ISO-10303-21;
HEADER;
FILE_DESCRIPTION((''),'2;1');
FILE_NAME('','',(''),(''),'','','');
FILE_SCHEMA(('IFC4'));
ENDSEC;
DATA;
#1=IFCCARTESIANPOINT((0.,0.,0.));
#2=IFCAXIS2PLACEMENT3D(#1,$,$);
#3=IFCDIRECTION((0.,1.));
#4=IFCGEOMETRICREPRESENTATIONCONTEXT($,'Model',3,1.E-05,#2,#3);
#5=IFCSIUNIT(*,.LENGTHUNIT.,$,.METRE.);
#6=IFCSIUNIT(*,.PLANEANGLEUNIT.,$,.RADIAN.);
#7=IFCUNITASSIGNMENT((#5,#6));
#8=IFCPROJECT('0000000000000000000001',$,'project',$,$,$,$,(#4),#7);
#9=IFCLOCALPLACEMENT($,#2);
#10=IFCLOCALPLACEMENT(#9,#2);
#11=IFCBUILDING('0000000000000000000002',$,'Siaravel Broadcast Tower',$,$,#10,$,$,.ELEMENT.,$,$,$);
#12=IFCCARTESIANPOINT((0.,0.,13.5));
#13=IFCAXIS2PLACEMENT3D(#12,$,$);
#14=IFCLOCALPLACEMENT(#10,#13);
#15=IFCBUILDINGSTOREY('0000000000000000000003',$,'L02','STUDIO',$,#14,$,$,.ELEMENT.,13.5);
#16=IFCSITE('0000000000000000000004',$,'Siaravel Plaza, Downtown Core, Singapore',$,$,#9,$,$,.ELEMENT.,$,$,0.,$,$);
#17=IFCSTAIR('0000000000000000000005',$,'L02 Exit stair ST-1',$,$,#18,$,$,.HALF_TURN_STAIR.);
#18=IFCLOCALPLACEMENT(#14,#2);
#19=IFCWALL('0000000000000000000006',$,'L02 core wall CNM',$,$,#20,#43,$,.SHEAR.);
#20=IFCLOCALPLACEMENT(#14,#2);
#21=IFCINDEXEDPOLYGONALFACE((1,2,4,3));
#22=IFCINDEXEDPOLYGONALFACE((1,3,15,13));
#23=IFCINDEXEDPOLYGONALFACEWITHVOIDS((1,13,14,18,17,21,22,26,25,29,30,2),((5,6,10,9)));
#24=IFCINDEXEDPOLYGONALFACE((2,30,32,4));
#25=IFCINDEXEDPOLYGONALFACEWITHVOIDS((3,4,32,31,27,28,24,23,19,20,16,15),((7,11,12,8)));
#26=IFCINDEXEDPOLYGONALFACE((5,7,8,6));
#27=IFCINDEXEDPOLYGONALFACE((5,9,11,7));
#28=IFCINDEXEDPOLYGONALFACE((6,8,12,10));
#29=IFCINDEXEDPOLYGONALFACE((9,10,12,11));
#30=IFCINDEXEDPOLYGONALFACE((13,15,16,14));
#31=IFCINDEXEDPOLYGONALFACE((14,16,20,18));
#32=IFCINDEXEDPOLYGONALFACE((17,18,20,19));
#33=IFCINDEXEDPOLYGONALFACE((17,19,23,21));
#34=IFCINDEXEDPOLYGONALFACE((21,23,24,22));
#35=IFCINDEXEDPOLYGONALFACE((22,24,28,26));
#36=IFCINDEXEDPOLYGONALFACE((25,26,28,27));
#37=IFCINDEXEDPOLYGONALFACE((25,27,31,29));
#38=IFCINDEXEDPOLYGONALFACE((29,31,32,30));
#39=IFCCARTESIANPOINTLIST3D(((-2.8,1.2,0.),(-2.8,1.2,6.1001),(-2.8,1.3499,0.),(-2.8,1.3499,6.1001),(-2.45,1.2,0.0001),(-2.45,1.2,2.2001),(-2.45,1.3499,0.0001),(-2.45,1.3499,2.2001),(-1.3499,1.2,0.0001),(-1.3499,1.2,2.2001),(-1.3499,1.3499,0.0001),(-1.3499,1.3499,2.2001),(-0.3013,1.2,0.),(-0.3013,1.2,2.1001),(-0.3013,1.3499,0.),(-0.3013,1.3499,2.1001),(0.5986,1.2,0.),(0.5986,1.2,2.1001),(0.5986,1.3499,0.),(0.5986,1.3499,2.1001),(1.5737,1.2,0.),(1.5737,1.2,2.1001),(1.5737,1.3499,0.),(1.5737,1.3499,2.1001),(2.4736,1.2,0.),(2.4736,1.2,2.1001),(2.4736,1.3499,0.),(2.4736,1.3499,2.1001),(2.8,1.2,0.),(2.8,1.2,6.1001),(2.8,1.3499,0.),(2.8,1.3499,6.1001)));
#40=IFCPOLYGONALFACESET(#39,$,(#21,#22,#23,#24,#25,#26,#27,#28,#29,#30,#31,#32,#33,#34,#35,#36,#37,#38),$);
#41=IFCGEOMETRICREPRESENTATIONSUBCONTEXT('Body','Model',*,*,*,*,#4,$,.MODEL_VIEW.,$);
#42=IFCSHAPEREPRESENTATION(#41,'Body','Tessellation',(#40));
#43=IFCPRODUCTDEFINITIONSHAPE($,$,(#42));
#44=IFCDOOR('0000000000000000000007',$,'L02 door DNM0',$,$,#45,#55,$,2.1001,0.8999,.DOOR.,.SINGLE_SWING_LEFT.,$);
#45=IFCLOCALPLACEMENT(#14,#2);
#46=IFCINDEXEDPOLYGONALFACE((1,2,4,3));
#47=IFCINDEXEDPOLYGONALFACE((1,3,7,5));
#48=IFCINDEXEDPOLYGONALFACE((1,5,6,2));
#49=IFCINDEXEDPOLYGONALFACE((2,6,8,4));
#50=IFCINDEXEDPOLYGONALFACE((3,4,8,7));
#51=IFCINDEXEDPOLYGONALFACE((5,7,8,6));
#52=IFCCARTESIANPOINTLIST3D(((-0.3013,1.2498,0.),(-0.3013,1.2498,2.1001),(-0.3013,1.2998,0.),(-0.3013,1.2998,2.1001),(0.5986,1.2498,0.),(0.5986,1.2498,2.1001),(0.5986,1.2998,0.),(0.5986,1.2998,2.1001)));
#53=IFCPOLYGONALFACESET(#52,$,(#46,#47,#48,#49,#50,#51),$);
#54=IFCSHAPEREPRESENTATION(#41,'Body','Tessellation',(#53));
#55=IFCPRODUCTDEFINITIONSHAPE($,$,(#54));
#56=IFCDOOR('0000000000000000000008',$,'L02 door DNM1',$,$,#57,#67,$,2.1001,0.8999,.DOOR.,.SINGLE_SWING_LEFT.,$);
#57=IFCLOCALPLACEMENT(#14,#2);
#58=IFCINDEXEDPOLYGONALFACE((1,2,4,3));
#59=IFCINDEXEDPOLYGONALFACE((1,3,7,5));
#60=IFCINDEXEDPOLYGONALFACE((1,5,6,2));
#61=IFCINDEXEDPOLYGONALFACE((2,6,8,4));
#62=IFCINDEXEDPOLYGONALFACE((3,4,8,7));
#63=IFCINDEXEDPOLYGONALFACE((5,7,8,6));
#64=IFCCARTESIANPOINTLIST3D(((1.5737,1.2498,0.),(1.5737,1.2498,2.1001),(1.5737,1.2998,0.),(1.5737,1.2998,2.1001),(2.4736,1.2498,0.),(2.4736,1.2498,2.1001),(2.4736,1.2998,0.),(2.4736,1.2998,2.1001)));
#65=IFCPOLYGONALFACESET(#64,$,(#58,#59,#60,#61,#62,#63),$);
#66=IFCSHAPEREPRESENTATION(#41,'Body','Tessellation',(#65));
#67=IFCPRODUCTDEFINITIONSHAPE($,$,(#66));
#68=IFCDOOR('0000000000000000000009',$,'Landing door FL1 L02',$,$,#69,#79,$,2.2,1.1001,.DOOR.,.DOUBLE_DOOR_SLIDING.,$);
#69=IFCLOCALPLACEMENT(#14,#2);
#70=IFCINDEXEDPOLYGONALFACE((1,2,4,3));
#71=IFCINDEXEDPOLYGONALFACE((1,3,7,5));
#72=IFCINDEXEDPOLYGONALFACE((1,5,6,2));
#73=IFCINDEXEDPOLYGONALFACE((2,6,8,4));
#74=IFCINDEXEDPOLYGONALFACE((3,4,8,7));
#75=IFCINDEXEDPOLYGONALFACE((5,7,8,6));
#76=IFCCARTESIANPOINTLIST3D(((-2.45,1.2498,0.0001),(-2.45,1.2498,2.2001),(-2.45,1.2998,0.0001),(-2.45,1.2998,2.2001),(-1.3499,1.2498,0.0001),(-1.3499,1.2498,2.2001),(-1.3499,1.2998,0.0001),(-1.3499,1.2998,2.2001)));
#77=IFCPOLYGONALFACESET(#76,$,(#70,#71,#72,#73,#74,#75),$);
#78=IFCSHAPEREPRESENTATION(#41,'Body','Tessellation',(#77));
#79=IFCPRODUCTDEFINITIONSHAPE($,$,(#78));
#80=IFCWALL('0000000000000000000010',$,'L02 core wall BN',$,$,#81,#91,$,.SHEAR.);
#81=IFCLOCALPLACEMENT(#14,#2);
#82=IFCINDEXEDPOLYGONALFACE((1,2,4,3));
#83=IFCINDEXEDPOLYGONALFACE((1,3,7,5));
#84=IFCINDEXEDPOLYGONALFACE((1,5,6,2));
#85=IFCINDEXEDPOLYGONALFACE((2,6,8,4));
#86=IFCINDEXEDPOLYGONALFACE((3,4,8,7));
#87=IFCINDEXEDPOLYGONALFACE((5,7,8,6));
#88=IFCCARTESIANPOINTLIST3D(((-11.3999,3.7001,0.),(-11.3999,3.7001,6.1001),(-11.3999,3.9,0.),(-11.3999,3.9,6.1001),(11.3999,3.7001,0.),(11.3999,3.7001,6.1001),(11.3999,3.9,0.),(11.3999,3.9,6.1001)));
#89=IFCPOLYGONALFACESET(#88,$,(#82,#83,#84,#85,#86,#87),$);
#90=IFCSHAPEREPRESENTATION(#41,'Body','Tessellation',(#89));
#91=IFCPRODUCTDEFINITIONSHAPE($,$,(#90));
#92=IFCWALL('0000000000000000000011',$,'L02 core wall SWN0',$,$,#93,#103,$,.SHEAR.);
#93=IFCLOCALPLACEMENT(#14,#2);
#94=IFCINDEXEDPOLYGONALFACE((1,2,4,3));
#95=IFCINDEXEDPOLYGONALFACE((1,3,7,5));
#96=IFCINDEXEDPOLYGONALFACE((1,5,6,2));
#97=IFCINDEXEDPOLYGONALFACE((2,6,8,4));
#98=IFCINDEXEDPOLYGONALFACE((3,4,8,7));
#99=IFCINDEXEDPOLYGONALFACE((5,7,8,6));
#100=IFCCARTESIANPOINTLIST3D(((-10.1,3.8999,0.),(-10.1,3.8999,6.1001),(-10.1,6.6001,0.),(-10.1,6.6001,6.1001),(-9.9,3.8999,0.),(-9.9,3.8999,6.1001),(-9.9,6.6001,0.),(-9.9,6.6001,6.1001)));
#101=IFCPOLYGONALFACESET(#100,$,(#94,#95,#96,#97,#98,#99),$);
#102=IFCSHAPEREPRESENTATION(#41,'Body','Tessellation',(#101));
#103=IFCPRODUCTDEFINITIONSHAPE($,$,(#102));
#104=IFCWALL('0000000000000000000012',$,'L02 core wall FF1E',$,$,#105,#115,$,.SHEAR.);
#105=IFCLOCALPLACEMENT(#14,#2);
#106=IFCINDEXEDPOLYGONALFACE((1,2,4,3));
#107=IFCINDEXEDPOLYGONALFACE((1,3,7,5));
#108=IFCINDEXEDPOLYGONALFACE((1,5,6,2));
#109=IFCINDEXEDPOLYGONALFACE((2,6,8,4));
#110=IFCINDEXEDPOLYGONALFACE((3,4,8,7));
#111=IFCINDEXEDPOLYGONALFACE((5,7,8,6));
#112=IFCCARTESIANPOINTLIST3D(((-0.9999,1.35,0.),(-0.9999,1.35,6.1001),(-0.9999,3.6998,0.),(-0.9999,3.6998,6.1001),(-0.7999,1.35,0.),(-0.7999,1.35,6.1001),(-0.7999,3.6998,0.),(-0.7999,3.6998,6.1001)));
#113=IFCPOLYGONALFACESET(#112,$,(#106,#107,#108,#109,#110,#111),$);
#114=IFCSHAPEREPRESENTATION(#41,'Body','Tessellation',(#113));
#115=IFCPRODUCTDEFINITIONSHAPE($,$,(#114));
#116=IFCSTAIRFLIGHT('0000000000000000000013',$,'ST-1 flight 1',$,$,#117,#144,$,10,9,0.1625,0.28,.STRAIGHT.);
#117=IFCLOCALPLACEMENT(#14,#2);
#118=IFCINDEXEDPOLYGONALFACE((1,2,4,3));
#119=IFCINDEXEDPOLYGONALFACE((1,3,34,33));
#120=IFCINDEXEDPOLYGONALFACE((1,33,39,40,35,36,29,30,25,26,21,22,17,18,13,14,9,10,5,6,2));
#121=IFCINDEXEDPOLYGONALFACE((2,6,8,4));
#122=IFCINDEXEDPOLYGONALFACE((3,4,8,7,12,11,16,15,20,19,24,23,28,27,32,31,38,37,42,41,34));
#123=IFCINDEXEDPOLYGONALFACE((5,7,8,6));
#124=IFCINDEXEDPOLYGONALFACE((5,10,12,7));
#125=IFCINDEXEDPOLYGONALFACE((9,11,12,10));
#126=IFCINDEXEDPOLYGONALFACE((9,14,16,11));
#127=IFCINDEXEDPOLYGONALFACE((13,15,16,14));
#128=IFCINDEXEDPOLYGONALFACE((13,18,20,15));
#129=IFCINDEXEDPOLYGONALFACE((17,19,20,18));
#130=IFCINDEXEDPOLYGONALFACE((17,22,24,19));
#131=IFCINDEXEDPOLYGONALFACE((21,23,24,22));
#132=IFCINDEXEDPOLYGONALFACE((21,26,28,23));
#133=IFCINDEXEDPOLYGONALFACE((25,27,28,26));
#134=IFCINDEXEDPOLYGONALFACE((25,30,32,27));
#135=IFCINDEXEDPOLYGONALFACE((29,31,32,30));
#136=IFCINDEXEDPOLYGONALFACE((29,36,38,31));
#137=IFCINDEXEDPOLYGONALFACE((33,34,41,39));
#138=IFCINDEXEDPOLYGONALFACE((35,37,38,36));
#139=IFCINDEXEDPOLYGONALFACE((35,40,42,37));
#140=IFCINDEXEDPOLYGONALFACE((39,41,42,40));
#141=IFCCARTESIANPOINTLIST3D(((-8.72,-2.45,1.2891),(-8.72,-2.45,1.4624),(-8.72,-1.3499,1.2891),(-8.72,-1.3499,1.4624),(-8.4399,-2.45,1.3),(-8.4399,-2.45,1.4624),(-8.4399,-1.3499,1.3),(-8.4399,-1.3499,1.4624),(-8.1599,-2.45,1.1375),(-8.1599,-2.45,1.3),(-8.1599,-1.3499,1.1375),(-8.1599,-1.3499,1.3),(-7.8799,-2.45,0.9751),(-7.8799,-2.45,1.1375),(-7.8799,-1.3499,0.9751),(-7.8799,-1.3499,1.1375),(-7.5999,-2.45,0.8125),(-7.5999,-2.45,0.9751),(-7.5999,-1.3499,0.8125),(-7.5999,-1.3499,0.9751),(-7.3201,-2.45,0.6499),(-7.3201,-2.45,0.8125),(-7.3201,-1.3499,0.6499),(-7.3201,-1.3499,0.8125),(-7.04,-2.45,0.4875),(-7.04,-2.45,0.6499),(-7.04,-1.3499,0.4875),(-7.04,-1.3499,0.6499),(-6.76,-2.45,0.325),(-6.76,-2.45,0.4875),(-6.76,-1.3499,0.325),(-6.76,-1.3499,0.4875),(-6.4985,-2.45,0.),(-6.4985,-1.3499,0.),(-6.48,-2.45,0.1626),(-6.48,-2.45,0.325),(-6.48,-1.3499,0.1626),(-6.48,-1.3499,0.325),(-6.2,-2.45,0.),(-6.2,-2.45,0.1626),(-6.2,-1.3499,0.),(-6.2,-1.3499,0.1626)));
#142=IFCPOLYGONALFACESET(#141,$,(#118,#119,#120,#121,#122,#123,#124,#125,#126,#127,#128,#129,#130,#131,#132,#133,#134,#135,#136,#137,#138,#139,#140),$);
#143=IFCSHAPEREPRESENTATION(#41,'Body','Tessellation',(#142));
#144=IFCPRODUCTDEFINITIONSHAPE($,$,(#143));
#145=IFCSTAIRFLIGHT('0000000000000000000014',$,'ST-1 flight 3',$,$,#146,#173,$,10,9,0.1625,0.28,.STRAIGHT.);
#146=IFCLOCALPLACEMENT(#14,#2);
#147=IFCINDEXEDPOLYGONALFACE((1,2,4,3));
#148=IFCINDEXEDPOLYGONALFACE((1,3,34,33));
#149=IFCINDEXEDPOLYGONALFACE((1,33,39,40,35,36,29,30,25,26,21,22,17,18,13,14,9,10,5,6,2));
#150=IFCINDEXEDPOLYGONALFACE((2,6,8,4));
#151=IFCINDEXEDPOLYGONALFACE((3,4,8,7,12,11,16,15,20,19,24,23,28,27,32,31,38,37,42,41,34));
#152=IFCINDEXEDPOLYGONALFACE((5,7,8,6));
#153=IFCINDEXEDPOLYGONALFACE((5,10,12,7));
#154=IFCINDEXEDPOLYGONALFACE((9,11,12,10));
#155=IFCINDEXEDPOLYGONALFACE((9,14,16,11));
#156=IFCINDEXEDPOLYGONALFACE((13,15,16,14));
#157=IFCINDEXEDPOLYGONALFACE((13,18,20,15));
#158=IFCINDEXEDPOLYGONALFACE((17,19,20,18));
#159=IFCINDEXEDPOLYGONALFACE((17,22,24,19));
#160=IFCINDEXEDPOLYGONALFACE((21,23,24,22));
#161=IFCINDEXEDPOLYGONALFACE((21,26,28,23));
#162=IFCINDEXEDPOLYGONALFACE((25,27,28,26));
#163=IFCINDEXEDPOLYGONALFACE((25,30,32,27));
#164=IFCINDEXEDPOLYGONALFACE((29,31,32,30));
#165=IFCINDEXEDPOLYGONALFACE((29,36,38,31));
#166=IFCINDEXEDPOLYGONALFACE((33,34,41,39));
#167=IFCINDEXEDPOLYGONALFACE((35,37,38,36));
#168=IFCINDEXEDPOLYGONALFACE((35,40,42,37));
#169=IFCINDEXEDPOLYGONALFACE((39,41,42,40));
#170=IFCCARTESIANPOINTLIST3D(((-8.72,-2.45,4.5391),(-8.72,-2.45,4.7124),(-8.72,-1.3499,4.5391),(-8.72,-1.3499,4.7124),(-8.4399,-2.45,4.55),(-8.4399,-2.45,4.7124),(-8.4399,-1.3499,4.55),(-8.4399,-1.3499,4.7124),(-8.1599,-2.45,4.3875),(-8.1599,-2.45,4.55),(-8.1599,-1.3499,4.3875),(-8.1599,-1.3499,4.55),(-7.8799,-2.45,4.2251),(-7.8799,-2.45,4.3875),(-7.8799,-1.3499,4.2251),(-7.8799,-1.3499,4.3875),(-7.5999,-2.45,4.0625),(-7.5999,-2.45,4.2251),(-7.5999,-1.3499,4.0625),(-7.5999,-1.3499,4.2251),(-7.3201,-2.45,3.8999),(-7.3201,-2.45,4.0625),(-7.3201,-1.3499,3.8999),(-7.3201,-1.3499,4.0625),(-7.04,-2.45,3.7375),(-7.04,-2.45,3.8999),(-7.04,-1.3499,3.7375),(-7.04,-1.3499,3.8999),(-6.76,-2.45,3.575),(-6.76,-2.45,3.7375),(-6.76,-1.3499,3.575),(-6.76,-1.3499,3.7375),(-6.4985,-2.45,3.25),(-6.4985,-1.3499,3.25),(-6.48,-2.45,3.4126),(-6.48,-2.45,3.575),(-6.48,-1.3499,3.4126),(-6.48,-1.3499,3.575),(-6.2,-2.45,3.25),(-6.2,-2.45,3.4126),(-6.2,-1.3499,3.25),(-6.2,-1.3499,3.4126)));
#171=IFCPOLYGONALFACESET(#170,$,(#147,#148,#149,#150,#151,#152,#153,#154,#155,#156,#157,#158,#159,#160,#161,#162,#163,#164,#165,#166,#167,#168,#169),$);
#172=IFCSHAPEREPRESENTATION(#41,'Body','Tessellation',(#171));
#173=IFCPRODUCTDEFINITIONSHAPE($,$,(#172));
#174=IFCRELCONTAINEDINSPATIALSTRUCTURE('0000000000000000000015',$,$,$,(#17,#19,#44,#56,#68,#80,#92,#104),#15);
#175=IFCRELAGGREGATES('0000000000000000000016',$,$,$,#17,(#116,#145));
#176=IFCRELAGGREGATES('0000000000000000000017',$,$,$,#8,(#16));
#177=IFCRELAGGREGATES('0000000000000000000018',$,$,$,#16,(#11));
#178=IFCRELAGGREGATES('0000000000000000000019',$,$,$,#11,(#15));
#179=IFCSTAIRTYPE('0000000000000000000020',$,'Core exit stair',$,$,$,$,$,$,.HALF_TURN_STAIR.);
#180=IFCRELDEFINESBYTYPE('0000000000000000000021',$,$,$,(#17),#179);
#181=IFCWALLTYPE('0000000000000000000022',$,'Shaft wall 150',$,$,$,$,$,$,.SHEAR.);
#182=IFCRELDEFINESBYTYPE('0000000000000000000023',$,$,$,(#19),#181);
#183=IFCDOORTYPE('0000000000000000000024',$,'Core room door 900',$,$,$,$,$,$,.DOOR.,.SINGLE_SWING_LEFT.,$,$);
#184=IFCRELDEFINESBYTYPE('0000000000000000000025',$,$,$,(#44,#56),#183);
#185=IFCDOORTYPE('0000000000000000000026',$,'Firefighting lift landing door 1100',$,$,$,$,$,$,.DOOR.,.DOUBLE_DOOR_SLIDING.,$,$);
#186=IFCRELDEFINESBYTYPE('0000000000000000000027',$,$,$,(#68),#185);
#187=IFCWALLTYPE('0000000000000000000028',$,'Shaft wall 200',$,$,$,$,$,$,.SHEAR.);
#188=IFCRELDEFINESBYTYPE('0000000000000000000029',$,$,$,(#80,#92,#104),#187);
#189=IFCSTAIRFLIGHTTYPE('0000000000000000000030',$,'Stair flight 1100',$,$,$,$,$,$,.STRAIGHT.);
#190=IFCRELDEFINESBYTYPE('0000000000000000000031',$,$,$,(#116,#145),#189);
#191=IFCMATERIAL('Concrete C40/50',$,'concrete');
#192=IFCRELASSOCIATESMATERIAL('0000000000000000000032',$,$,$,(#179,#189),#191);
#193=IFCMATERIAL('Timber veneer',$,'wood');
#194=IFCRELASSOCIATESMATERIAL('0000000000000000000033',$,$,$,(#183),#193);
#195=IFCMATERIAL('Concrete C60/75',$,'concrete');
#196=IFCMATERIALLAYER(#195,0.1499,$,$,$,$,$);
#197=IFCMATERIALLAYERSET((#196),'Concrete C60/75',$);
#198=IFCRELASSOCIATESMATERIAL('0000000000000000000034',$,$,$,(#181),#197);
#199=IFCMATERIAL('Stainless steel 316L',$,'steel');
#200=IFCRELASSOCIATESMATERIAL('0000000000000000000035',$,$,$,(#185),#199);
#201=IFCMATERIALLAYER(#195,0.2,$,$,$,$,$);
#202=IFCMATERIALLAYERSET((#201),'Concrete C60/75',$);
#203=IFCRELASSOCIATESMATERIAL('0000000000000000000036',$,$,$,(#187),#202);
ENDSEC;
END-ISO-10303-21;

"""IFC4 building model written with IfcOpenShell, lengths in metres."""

from ifc_helpers import new_model, si_unit, direction, frame, frame_2d, origin, place, context, subcontext, project, spatial, polyline, rectangle, outline, extrude, material, layer, layer_set, type_object, element, fill, aggregate, save


model = new_model("IFC4")

# Units and contexts
model_context = context("Model", 3, precision=1e-05, world=origin(), true_north=direction((0.0, 1.0)))
body_context = subcontext(model_context, "Body", "Model", "MODEL_VIEW")
ifc_project = project(units=[si_unit("LENGTHUNIT", "METRE"), si_unit("PLANEANGLEUNIT", "RADIAN")], contexts=[model_context])

# Site, building, storey
site_placement = place(None, origin())
site = spatial("IfcSite", under=ifc_project, at=site_placement, Name="Siaravel Plaza, Downtown Core, Singapore", CompositionType="ELEMENT", RefElevation=0.0)
building_placement = place(site_placement, origin())
building = spatial("IfcBuilding", under=site, at=building_placement, Name="Siaravel Broadcast Tower", CompositionType="ELEMENT")
storey_placement = place(building_placement, frame((0.0, 0.0, 13.5)))
storey = spatial("IfcBuildingStorey", under=building, at=storey_placement, Name="L02", Description="STUDIO", CompositionType="ELEMENT", Elevation=13.5)

# Shared definitions
ifc_material_1 = material(Name="Concrete C40/50", Category="concrete")

# Stair
stair_type = type_object("IfcStairType", Name="Core exit stair", PredefinedType="HALF_TURN_STAIR", material=ifc_material_1)
stair_placement = place(storey_placement, origin())
stair = element("IfcStair", 1, at=stair_placement, inside=storey, type_object=stair_type, Name="L02 Exit stair ST-1", PredefinedType="HALF_TURN_STAIR")

# Wall, openings, doors
ifc_material_2 = material(Name="Timber veneer", Category="wood")
door_type_1 = type_object("IfcDoorType", Name="Core room door 900", OperationType="SINGLE_SWING_LEFT", PredefinedType="DOOR", material=ifc_material_2)
ifc_material_3 = material(Name="Concrete C60/75", Category="concrete")
ifc_layer_1 = layer(ifc_material_3, 0.1499)
ifc_layer_set_1 = layer_set([ifc_layer_1], Name="Concrete C60/75")
wall_type_1 = type_object("IfcWallType", Name="Shaft wall 150", PredefinedType="SHEAR", material=ifc_layer_set_1)
ifc_material_4 = material(Name="Stainless steel 316L", Category="steel")
door_type_2 = type_object("IfcDoorType", Name="Firefighting lift landing door 1100", OperationType="DOUBLE_DOOR_SLIDING", PredefinedType="DOOR", material=ifc_material_4)
wall_1_placement = place(storey_placement, frame((-2.8, 1.2749, 0.0), z_axis=(0.0, 0.0, 1.0), x_axis=(1.0, 0.0, 0.0)))
wall_1 = element("IfcWall", 2, at=wall_1_placement, inside=storey, type_object=wall_type_1, Name="L02 core wall CNM", PredefinedType="SHEAR", context=body_context, shape_type="SweptSolid", body=[
    extrude(rectangle(XDim=5.6001, YDim=0.1499, at=frame_2d((2.8, 0.0))), origin(), (0.0, 0.0, 1.0), 6.1001),
])
opening_1_placement = place(wall_1_placement, frame((0.3501, 0.0, 0.0)))
opening_1 = element("IfcOpeningElement", 3, at=opening_1_placement, cuts=wall_1, PredefinedType="OPENING", context=body_context, shape_type="SweptSolid", body=[
    extrude(rectangle(XDim=1.1001, YDim=2.2, at=frame_2d((0.55, 1.1001))), frame((0.0, 0.085, 0.0), z_axis=(0.0, -1.0, 0.0), x_axis=(1.0, 0.0, 0.0)), (0.0, 0.0, 1.0), 0.1699),
])
opening_2_placement = place(wall_1_placement, frame((2.4988, 0.0, 0.0)))
opening_2 = element("IfcOpeningElement", 4, at=opening_2_placement, cuts=wall_1, PredefinedType="OPENING", context=body_context, shape_type="SweptSolid", body=[
    extrude(rectangle(XDim=0.8999, YDim=2.1001, at=frame_2d((0.45, 1.05))), frame((0.0, 0.085, 0.0), z_axis=(0.0, -1.0, 0.0), x_axis=(1.0, 0.0, 0.0)), (0.0, 0.0, 1.0), 0.1699),
])
opening_3_placement = place(wall_1_placement, frame((4.3738, 0.0, 0.0)))
opening_3 = element("IfcOpeningElement", 5, at=opening_3_placement, cuts=wall_1, PredefinedType="OPENING", context=body_context, shape_type="SweptSolid", body=[
    extrude(rectangle(XDim=0.8999, YDim=2.1001, at=frame_2d((0.45, 1.05))), frame((0.0, 0.085, 0.0), z_axis=(0.0, -1.0, 0.0), x_axis=(1.0, 0.0, 0.0)), (0.0, 0.0, 1.0), 0.1699),
])
door_1_placement = place(opening_2_placement, origin())
door_1 = element("IfcDoor", 6, at=door_1_placement, inside=storey, type_object=door_type_1, Name="L02 door DNM0", OperationType="SINGLE_SWING_LEFT", OverallHeight=2.1001, OverallWidth=0.8999, PredefinedType="DOOR", context=body_context, shape_type="SweptSolid", body=[
    extrude(rectangle(XDim=0.8999, YDim=2.1001, at=frame_2d((0.45, 1.05))), frame((0.0, 0.0249, 0.0), z_axis=(0.0, -1.0, 0.0), x_axis=(1.0, 0.0, 0.0)), (0.0, 0.0, 1.0), 0.05),
])
fill(opening_2, door_1)
door_2_placement = place(opening_3_placement, origin())
door_2 = element("IfcDoor", 7, at=door_2_placement, inside=storey, type_object=door_type_1, Name="L02 door DNM1", OperationType="SINGLE_SWING_LEFT", OverallHeight=2.1001, OverallWidth=0.8999, PredefinedType="DOOR", context=body_context, shape_type="SweptSolid", body=[
    extrude(rectangle(XDim=0.8999, YDim=2.1001, at=frame_2d((0.45, 1.05))), frame((0.0, 0.0249, 0.0), z_axis=(0.0, -1.0, 0.0), x_axis=(1.0, 0.0, 0.0)), (0.0, 0.0, 1.0), 0.05),
])
fill(opening_3, door_2)
door_3_placement = place(opening_1_placement, origin())
door_3 = element("IfcDoor", 8, at=door_3_placement, inside=storey, type_object=door_type_2, Name="Landing door FL1 L02", OperationType="DOUBLE_DOOR_SLIDING", OverallHeight=2.2, OverallWidth=1.1001, PredefinedType="DOOR", context=body_context, shape_type="SweptSolid", body=[
    extrude(rectangle(XDim=1.1001, YDim=2.2, at=frame_2d((0.55, 1.1001))), frame((0.0, 0.0249, 0.0), z_axis=(0.0, -1.0, 0.0), x_axis=(1.0, 0.0, 0.0)), (0.0, 0.0, 1.0), 0.05),
])
fill(opening_1, door_3)

# Walls
ifc_layer_2 = layer(ifc_material_3, 0.2)
ifc_layer_set_2 = layer_set([ifc_layer_2], Name="Concrete C60/75")
wall_type_2 = type_object("IfcWallType", Name="Shaft wall 200", PredefinedType="SHEAR", material=ifc_layer_set_2)
wall_2_placement = place(storey_placement, frame((-11.3999, 3.8, 0.0), z_axis=(0.0, 0.0, 1.0), x_axis=(1.0, 0.0, 0.0)))
element("IfcWall", 9, at=wall_2_placement, inside=storey, type_object=wall_type_2, Name="L02 core wall BN", PredefinedType="SHEAR", context=body_context, shape_type="SweptSolid", body=[
    extrude(rectangle(XDim=22.7998, YDim=0.2, at=frame_2d((11.3999, 0.0))), origin(), (0.0, 0.0, 1.0), 6.1001),
])
wall_3_placement = place(storey_placement, frame((-10.0, 3.8999, 0.0), z_axis=(0.0, 0.0, 1.0), x_axis=(0.0, 1.0, 0.0)))
element("IfcWall", 10, at=wall_3_placement, inside=storey, type_object=wall_type_2, Name="L02 core wall SWN0", PredefinedType="SHEAR", context=body_context, shape_type="SweptSolid", body=[
    extrude(rectangle(XDim=2.7002, YDim=0.2, at=frame_2d((1.3501, 0.0))), origin(), (0.0, 0.0, 1.0), 6.1001),
])
wall_4_placement = place(storey_placement, frame((-0.8999, 1.3501, 0.0), z_axis=(0.0, 0.0, 1.0), x_axis=(0.0, 1.0, 0.0)))
element("IfcWall", 11, at=wall_4_placement, inside=storey, type_object=wall_type_2, Name="L02 core wall FF1E", PredefinedType="SHEAR", context=body_context, shape_type="SweptSolid", body=[
    extrude(rectangle(XDim=2.3499, YDim=0.2, at=frame_2d((1.1748, 0.0))), origin(), (0.0, 0.0, 1.0), 6.1001),
])

# Stair flights
stair_flight_type = type_object("IfcStairFlightType", Name="Stair flight 1100", PredefinedType="STRAIGHT", material=ifc_material_1)
stair_flight_1_placement = place(storey_placement, frame((-6.2, -1.8999, 0.0), z_axis=(0.0, 0.0, 1.0), x_axis=(-1.0, 0.0, 0.0)))
stair_flight_1 = element("IfcStairFlight", 12, at=stair_flight_1_placement, type_object=stair_flight_type, Name="ST-1 flight 1", NumberOfRisers=10, NumberOfTreads=9, PredefinedType="STRAIGHT", RiserHeight=0.1625, TreadLength=0.28, context=body_context, shape_type="SweptSolid", body=[
    extrude(outline(polyline([(0.0, 0.0), (0.0, 0.1626), (0.28, 0.1626), (0.28, 0.325), (0.5601, 0.325), (0.5601, 0.4875), (0.8401, 0.4875), (0.8401, 0.6499), (1.1201, 0.6499), (1.1201, 0.8125), (1.3999, 0.8125), (1.3999, 0.9751), (1.6799, 0.9751), (1.6799, 1.1375), (1.96, 1.1375), (1.96, 1.3), (2.24, 1.3), (2.24, 1.4624), (2.52, 1.4624), (2.52, 1.625), (2.52, 1.2891), (0.2986, 0.0), (0.0, 0.0)])), frame((0.0, 0.55, 0.0), z_axis=(0.0, -1.0, 0.0), x_axis=(1.0, 0.0, 0.0)), (0.0, 0.0, 1.0), 1.1001),
])
stair_flight_2_placement = place(storey_placement, frame((-6.2, -1.8999, 3.25), z_axis=(0.0, 0.0, 1.0), x_axis=(-1.0, 0.0, 0.0)))
stair_flight_2 = element("IfcStairFlight", 13, at=stair_flight_2_placement, type_object=stair_flight_type, Name="ST-1 flight 3", NumberOfRisers=10, NumberOfTreads=9, PredefinedType="STRAIGHT", RiserHeight=0.1625, TreadLength=0.28, context=body_context, shape_type="SweptSolid", body=[
    extrude(outline(polyline([(0.0, 0.0), (0.0, 0.1626), (0.28, 0.1626), (0.28, 0.325), (0.5601, 0.325), (0.5601, 0.4875), (0.8401, 0.4875), (0.8401, 0.6499), (1.1201, 0.6499), (1.1201, 0.8125), (1.3999, 0.8125), (1.3999, 0.9751), (1.6799, 0.9751), (1.6799, 1.1375), (1.96, 1.1375), (1.96, 1.3), (2.24, 1.3), (2.24, 1.4624), (2.52, 1.4624), (2.52, 1.625), (2.52, 1.2891), (0.2986, 0.0), (0.0, 0.0)])), frame((0.0, 0.55, 0.0), z_axis=(0.0, -1.0, 0.0), x_axis=(1.0, 0.0, 0.0)), (0.0, 0.0, 1.0), 1.1001),
])
aggregate(stair, [stair_flight_1, stair_flight_2])

save(model, "model.ifc")
